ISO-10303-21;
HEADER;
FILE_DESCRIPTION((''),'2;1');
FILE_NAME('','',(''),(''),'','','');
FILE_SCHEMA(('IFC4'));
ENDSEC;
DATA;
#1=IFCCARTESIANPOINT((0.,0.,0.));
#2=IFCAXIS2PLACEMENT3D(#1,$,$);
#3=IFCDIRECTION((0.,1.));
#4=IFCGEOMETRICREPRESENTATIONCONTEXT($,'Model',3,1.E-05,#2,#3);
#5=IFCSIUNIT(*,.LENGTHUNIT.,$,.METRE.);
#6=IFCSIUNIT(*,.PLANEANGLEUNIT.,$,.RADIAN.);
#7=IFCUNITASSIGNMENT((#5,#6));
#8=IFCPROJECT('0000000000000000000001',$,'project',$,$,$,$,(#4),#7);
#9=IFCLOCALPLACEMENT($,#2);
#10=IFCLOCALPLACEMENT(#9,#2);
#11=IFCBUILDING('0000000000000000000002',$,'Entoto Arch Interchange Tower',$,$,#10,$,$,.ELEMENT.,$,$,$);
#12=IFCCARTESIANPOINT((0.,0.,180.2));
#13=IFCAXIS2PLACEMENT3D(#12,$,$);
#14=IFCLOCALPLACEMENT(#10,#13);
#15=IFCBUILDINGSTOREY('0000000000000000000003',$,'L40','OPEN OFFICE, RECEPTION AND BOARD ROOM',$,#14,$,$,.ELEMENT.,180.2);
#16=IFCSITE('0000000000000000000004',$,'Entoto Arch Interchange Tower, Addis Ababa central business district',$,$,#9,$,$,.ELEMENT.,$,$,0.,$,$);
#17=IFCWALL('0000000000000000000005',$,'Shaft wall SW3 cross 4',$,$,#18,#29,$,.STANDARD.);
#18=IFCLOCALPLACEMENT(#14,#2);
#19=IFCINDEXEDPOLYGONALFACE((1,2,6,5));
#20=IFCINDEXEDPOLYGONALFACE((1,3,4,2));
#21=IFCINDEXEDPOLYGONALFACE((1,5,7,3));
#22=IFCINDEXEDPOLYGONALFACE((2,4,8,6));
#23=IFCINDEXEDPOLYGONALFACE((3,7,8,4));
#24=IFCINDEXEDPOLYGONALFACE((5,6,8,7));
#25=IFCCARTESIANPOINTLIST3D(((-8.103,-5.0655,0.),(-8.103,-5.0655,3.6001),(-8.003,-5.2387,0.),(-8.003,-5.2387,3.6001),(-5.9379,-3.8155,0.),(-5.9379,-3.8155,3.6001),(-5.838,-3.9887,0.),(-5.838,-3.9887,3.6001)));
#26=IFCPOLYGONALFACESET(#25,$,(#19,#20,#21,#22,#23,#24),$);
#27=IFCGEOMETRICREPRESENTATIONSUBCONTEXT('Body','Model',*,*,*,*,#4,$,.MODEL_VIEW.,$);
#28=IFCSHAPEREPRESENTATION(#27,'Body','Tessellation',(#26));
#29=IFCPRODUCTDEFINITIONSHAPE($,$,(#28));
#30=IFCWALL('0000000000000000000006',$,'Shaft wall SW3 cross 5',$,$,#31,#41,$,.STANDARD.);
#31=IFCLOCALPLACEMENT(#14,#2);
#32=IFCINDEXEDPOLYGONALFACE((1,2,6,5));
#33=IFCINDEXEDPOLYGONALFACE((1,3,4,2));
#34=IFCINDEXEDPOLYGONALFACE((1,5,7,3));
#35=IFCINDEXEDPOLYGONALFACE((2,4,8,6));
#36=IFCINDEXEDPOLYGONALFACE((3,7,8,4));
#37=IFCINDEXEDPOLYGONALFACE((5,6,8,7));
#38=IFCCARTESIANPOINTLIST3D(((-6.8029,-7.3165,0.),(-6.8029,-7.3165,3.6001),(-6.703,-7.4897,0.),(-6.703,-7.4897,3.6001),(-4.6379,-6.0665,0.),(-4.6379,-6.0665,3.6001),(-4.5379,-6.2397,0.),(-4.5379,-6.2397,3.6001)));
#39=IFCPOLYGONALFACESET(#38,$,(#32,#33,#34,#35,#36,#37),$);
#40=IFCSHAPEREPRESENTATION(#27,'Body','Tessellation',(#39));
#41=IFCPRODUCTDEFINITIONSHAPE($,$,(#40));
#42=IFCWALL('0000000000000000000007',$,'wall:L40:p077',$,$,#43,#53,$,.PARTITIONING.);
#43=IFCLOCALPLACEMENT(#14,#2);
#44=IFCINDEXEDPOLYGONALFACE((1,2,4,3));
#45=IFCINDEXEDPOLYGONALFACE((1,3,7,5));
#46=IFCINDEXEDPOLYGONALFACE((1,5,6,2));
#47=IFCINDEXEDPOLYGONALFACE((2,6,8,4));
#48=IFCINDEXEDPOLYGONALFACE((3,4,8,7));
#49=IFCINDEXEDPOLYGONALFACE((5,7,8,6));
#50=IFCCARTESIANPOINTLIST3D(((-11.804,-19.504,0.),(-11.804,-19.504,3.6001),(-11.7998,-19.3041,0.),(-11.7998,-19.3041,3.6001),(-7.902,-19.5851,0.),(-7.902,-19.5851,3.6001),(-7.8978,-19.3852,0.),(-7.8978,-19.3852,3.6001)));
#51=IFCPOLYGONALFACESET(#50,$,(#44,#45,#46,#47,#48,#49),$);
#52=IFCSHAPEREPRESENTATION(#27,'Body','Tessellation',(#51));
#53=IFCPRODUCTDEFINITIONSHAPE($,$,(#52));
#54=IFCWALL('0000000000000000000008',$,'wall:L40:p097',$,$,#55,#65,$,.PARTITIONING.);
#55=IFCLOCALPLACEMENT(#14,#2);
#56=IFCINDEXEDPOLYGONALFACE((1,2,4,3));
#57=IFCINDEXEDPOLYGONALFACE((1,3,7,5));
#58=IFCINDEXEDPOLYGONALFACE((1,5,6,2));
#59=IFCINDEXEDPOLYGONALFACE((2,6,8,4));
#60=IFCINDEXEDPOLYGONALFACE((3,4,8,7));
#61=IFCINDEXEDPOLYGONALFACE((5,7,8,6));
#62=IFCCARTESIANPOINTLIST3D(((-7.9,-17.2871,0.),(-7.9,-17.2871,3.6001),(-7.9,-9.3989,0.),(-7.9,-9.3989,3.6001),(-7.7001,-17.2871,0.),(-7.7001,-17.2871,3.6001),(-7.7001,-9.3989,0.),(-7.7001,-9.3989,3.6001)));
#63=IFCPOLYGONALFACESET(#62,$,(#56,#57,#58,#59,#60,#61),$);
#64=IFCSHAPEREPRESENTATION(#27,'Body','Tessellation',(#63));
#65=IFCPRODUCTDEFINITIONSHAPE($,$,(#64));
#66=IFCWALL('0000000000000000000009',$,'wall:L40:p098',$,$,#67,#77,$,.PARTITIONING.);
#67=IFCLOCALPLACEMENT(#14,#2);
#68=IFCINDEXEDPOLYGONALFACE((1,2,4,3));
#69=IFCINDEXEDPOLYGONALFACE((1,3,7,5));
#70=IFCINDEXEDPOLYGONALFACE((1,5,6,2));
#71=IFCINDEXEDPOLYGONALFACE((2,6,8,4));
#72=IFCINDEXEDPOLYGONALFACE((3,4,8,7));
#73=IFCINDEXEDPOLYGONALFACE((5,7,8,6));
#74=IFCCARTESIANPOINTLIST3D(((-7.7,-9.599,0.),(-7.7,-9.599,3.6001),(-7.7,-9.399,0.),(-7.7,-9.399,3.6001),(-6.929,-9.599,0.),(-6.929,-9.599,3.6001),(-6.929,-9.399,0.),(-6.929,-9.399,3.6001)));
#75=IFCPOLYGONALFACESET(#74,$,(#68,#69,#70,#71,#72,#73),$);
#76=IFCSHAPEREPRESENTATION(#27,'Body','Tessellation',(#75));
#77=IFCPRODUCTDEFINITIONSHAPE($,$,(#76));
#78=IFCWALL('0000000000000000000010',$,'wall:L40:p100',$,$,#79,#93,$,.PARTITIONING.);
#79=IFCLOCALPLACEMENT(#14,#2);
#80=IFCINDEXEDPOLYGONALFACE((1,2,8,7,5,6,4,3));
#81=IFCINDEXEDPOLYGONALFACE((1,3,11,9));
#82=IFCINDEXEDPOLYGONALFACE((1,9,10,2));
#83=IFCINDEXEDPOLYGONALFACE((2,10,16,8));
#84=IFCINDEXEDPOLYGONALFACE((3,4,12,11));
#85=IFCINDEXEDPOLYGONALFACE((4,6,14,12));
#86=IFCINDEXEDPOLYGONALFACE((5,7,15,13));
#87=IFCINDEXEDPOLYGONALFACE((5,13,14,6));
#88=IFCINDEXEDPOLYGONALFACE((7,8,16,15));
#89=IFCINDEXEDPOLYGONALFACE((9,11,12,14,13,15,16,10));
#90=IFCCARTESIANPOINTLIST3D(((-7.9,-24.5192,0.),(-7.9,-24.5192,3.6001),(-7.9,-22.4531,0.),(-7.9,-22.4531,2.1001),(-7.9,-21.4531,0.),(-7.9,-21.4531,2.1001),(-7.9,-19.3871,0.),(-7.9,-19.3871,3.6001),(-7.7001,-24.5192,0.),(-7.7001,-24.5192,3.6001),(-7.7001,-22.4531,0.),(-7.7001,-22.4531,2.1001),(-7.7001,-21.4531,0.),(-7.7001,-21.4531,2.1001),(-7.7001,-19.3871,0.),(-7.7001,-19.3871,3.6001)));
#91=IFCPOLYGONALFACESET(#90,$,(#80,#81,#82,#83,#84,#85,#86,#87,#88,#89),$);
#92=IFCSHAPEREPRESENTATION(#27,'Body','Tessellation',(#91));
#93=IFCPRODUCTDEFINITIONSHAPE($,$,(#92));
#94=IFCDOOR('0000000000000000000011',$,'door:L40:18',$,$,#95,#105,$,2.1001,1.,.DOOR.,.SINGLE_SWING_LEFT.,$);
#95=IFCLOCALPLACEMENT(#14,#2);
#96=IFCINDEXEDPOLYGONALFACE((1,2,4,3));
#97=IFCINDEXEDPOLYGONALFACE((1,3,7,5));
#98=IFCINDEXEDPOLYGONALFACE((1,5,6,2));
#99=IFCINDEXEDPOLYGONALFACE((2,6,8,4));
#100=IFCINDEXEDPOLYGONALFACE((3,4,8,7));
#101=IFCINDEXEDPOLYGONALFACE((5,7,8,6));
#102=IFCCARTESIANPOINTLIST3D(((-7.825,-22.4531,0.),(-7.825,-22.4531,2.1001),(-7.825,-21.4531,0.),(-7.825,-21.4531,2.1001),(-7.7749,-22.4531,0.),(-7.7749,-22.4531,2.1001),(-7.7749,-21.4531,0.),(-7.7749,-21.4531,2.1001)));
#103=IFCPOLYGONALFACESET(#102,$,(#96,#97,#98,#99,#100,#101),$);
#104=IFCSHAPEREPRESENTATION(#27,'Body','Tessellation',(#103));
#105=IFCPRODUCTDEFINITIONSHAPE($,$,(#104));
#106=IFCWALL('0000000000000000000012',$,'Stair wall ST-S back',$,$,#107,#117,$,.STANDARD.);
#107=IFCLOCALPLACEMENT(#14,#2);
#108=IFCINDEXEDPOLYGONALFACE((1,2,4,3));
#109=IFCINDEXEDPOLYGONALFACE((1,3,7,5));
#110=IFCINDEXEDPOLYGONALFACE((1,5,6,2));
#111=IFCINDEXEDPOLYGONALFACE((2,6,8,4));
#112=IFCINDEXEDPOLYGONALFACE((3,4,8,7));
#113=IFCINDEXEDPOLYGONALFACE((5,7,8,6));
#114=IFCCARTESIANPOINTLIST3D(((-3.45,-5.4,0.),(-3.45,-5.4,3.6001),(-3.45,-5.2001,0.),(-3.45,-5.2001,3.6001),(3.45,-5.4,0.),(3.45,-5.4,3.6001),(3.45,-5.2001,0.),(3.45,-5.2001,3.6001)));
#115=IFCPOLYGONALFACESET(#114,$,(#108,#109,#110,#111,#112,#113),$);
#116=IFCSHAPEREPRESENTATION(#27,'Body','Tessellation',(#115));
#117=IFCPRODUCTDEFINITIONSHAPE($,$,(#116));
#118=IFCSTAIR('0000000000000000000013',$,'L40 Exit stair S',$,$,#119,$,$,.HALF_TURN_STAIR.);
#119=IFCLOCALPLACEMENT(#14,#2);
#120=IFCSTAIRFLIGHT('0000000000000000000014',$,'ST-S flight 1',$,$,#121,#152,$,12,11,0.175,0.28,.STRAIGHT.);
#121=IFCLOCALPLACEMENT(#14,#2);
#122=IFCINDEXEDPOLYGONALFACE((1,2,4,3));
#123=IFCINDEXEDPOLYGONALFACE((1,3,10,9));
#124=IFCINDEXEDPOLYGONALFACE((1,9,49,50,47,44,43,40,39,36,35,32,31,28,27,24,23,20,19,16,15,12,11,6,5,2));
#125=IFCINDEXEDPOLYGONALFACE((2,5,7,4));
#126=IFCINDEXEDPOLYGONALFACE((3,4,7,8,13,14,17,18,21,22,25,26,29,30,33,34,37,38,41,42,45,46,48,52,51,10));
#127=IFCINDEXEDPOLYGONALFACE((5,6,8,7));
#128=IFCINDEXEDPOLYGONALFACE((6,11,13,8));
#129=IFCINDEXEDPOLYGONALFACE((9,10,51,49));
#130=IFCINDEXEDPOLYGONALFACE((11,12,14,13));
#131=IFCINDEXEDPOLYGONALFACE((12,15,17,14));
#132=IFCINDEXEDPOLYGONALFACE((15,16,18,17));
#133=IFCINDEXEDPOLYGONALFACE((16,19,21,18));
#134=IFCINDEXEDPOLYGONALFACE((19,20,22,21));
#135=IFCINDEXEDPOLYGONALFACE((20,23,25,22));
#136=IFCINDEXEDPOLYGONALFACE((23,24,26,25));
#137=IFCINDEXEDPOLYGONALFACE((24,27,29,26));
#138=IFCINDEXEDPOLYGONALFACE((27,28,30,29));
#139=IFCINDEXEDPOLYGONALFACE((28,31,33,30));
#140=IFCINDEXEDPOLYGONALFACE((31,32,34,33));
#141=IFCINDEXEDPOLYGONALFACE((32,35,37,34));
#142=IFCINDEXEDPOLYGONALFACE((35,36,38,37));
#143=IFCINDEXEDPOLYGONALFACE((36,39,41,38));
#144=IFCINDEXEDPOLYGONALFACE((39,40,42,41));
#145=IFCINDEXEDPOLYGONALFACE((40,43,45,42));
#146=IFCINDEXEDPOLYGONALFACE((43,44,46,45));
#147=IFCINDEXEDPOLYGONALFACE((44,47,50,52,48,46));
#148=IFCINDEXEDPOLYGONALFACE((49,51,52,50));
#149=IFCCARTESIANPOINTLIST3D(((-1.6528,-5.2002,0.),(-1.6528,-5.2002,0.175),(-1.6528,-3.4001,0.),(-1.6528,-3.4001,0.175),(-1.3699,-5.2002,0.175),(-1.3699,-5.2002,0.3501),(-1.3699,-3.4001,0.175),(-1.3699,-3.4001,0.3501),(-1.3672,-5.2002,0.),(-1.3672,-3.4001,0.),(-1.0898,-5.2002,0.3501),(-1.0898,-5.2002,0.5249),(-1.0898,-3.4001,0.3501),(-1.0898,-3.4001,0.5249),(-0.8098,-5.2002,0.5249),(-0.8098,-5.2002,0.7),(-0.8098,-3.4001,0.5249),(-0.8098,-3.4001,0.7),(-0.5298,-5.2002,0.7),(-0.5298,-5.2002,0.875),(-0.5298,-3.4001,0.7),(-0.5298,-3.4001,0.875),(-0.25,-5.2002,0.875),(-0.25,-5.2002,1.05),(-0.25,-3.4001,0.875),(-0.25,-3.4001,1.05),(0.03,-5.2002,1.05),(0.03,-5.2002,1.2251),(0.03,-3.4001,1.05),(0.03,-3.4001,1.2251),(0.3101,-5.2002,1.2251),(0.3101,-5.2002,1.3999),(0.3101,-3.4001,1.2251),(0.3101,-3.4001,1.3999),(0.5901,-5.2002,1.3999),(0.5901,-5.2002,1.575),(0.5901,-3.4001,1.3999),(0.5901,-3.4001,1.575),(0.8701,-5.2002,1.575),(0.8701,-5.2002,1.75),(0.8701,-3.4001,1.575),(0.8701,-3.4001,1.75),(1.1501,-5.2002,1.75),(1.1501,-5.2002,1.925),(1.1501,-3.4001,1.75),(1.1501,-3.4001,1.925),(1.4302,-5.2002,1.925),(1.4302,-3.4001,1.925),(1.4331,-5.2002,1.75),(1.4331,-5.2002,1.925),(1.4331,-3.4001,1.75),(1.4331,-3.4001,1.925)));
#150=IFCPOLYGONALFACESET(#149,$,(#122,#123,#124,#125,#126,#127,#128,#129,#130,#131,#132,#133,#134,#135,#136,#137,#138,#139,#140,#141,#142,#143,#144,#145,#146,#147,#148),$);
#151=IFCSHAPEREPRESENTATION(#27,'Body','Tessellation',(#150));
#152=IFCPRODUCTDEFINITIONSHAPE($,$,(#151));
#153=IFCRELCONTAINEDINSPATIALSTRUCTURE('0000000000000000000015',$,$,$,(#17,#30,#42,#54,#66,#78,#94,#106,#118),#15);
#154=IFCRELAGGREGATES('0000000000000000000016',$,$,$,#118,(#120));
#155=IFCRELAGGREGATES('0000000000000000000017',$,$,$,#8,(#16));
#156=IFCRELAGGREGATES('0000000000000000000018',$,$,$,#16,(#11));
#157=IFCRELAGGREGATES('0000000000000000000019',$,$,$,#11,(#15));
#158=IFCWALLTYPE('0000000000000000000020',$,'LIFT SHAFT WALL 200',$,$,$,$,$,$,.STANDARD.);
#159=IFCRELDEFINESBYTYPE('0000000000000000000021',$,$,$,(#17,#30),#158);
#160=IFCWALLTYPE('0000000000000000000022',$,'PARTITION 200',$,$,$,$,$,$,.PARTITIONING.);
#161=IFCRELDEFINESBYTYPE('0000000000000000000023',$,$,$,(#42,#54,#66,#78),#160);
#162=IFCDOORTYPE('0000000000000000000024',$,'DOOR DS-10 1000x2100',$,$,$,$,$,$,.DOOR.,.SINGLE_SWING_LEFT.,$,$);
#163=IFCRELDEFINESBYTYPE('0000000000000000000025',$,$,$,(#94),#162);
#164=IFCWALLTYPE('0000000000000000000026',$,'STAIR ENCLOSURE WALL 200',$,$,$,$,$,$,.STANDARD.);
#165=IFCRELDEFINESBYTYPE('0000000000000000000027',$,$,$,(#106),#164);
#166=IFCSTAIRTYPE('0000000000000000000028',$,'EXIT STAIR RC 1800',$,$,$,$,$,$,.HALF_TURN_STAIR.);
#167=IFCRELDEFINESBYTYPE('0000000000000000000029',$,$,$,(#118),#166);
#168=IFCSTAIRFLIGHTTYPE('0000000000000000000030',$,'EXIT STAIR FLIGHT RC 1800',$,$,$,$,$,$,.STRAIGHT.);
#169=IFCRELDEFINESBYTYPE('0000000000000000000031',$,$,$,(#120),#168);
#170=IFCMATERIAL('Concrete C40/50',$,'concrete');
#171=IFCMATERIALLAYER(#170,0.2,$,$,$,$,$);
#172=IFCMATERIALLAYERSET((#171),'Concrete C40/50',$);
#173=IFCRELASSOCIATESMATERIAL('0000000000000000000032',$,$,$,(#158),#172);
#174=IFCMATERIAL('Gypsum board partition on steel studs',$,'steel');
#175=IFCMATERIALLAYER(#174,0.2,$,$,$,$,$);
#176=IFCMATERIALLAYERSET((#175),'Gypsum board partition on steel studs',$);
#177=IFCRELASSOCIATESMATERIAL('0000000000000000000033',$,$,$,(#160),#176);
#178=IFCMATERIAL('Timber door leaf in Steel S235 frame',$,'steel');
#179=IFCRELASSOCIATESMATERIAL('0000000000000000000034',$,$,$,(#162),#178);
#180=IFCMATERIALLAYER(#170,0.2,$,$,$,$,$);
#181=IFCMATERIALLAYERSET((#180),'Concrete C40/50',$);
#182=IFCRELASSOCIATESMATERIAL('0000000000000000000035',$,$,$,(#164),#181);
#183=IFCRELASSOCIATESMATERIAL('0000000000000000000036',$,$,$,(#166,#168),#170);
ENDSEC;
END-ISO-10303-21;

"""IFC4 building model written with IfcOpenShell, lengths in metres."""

from ifc_helpers import new_model, si_unit, direction, frame, frame_2d, origin, place, context, subcontext, project, spatial, polyline, rectangle, outline, extrude, material, layer, layer_set, type_object, element, fill, aggregate, save


model = new_model("IFC4")

# Units and contexts
model_context = context("Model", 3, precision=1e-05, world=origin(), true_north=direction((0.0, 1.0)))
body_context = subcontext(model_context, "Body", "Model", "MODEL_VIEW")
ifc_project = project(units=[si_unit("LENGTHUNIT", "METRE"), si_unit("PLANEANGLEUNIT", "RADIAN")], contexts=[model_context])

# Site, building, storey
site_placement = place(None, origin())
site = spatial("IfcSite", under=ifc_project, at=site_placement, Name="Entoto Arch Interchange Tower, Addis Ababa central business district", CompositionType="ELEMENT", RefElevation=0.0)
building_placement = place(site_placement, origin())
building = spatial("IfcBuilding", under=site, at=building_placement, Name="Entoto Arch Interchange Tower", CompositionType="ELEMENT")
storey_placement = place(building_placement, frame((0.0, 0.0, 180.2)))
storey = spatial("IfcBuildingStorey", under=building, at=storey_placement, Name="L40", Description="OPEN OFFICE, RECEPTION AND BOARD ROOM", CompositionType="ELEMENT", Elevation=180.2)

# Walls
ifc_material_1 = material(Name="Concrete C40/50", Category="concrete")
ifc_layer_1 = layer(ifc_material_1, 0.2)
ifc_layer_set_1 = layer_set([ifc_layer_1], Name="Concrete C40/50")
wall_type_1 = type_object("IfcWallType", Name="LIFT SHAFT WALL 200", PredefinedType="STANDARD", material=ifc_layer_set_1)
for number, where, z_axis, x_axis, name in (
    (1, (-5.8879, -3.9021, 0.0), (0.0, 0.0, 1.0), (-0.866023, -0.500004, 0.0), "Shaft wall SW3 cross 4"),
    (2, (-4.5879, -6.1531, 0.0), (0.0, 0.0, 1.0), (-0.866023, -0.500004, 0.0), "Shaft wall SW3 cross 5"),
):
    element("IfcWall", number, at=place(storey_placement, frame(where, z_axis=z_axis, x_axis=x_axis)), inside=storey, type_object=wall_type_1, Name=name, PredefinedType="STANDARD", context=body_context, shape_type="SweptSolid", body=[
        extrude(rectangle(XDim=2.5, YDim=0.2, at=frame_2d((1.25, 0.0))), origin(), (0.0, 0.0, 1.0), 3.6001),
    ])
ifc_material_2 = material(Name="Gypsum board partition on steel studs", Category="steel")
ifc_layer_2 = layer(ifc_material_2, 0.2)
ifc_layer_set_2 = layer_set([ifc_layer_2], Name="Gypsum board partition on steel studs")
wall_type_2 = type_object("IfcWallType", Name="PARTITION 200", PredefinedType="PARTITIONING", material=ifc_layer_set_2)
wall_1_placement = place(storey_placement, frame((-7.8999, -19.4851, 0.0), z_axis=(0.0, 0.0, 1.0), x_axis=(-0.999784, 0.020768, 0.0)))
element("IfcWall", 3, at=wall_1_placement, inside=storey, type_object=wall_type_2, Name="wall:L40:p077", PredefinedType="PARTITIONING", context=body_context, shape_type="SweptSolid", body=[
    extrude(rectangle(XDim=3.9028, YDim=0.2, at=frame_2d((1.9514, 0.0))), origin(), (0.0, 0.0, 1.0), 3.6001),
])
wall_2_placement = place(storey_placement, frame((-7.8, -17.2871, 0.0), z_axis=(0.0, 0.0, 1.0), x_axis=(0.0, 1.0, 0.0)))
element("IfcWall", 4, at=wall_2_placement, inside=storey, type_object=wall_type_2, Name="wall:L40:p097", PredefinedType="PARTITIONING", context=body_context, shape_type="SweptSolid", body=[
    extrude(rectangle(XDim=7.8882, YDim=0.2, at=frame_2d((3.9441, 0.0))), origin(), (0.0, 0.0, 1.0), 3.6001),
])
wall_3_placement = place(storey_placement, frame((-7.7, -9.499, 0.0), z_axis=(0.0, 0.0, 1.0), x_axis=(1.0, 0.0, 0.0)))
element("IfcWall", 5, at=wall_3_placement, inside=storey, type_object=wall_type_2, Name="wall:L40:p098", PredefinedType="PARTITIONING", context=body_context, shape_type="SweptSolid", body=[
    extrude(rectangle(XDim=0.771, YDim=0.2, at=frame_2d((0.3855, 0.0))), origin(), (0.0, 0.0, 1.0), 3.6001),
])

# Wall, opening, door
wall_4_placement = place(storey_placement, frame((-7.8, -24.519, 0.0), z_axis=(0.0, 0.0, 1.0), x_axis=(0.0, 1.0, 0.0)))
wall_4 = element("IfcWall", 6, at=wall_4_placement, inside=storey, type_object=wall_type_2, Name="wall:L40:p100", PredefinedType="PARTITIONING", context=body_context, shape_type="SweptSolid", body=[
    extrude(rectangle(XDim=5.1321, YDim=0.2, at=frame_2d((2.5659, 0.0))), origin(), (0.0, 0.0, 1.0), 3.6001),
])
opening_placement = place(wall_4_placement, frame((2.0659, 0.0, 0.0)))
opening = element("IfcOpeningElement", 7, at=opening_placement, cuts=wall_4, PredefinedType="OPENING", context=body_context, shape_type="SweptSolid", body=[
    extrude(rectangle(XDim=1.0, YDim=2.1001, at=frame_2d((0.5, 1.05))), frame((0.0, 0.1099, 0.0), z_axis=(0.0, -1.0, 0.0), x_axis=(1.0, 0.0, 0.0)), (0.0, 0.0, 1.0), 0.22),
])
ifc_material_3 = material(Name="Timber door leaf in Steel S235 frame", Category="steel")
door_type = type_object("IfcDoorType", Name="DOOR DS-10 1000x2100", OperationType="SINGLE_SWING_LEFT", PredefinedType="DOOR", material=ifc_material_3)
door_placement = place(opening_placement, origin())
door = element("IfcDoor", 8, at=door_placement, inside=storey, type_object=door_type, Name="door:L40:18", OperationType="SINGLE_SWING_LEFT", OverallHeight=2.1001, OverallWidth=1.0, PredefinedType="DOOR", context=body_context, shape_type="SweptSolid", body=[
    extrude(rectangle(XDim=1.0, YDim=2.1001, at=frame_2d((0.5, 1.05))), frame((0.0, 0.0249, 0.0), z_axis=(0.0, -1.0, 0.0), x_axis=(1.0, 0.0, 0.0)), (0.0, 0.0, 1.0), 0.05),
])
fill(opening, door)

# Wall
ifc_layer_3 = layer(ifc_material_1, 0.2)
ifc_layer_set_3 = layer_set([ifc_layer_3], Name="Concrete C40/50")
wall_type_3 = type_object("IfcWallType", Name="STAIR ENCLOSURE WALL 200", PredefinedType="STANDARD", material=ifc_layer_set_3)
wall_5_placement = place(storey_placement, frame((-3.45, -5.3, 0.0), z_axis=(0.0, 0.0, 1.0), x_axis=(1.0, 0.0, 0.0)))
element("IfcWall", 9, at=wall_5_placement, inside=storey, type_object=wall_type_3, Name="Stair wall ST-S back", PredefinedType="STANDARD", context=body_context, shape_type="SweptSolid", body=[
    extrude(rectangle(XDim=6.8999, YDim=0.2, at=frame_2d((3.45, 0.0))), origin(), (0.0, 0.0, 1.0), 3.6001),
])

# Stair, stair flight
stair_type = type_object("IfcStairType", Name="EXIT STAIR RC 1800", PredefinedType="HALF_TURN_STAIR", material=ifc_material_1)
stair_placement = place(storey_placement, origin())
stair = element("IfcStair", 10, at=stair_placement, inside=storey, type_object=stair_type, Name="L40 Exit stair S", PredefinedType="HALF_TURN_STAIR")
stair_flight_type = type_object("IfcStairFlightType", Name="EXIT STAIR FLIGHT RC 1800", PredefinedType="STRAIGHT", material=ifc_material_1)
stair_flight_placement = place(storey_placement, frame((-1.6499, -4.3, 0.0), z_axis=(0.0, 0.0, 1.0), x_axis=(1.0, 0.0, 0.0)))
stair_flight = element("IfcStairFlight", 11, at=stair_flight_placement, type_object=stair_flight_type, Name="ST-S flight 1", NumberOfRisers=12, NumberOfTreads=11, PredefinedType="STRAIGHT", RiserHeight=0.175, TreadLength=0.28, context=body_context, shape_type="SweptSolid", body=[
    extrude(outline(polyline([(-0.0029, 0.0), (-0.0029, 0.175), (0.28, 0.175), (0.28, 0.3501), (0.5601, 0.3501), (0.5601, 0.5249), (0.8401, 0.5249), (0.8401, 0.7), (1.1201, 0.7), (1.1201, 0.875), (1.3999, 0.875), (1.3999, 1.05), (1.6799, 1.05), (1.6799, 1.2251), (1.96, 1.2251), (1.96, 1.3999), (2.24, 1.3999), (2.24, 1.575), (2.52, 1.575), (2.52, 1.75), (2.8, 1.75), (2.8, 1.925), (3.0801, 1.925), (3.083, 1.925), (3.083, 1.75), (0.2827, 0.0), (-0.0029, 0.0)])), frame((0.0, 0.8999, 0.0), z_axis=(0.0, -1.0, 0.0), x_axis=(1.0, 0.0, 0.0)), (0.0, 0.0, 1.0), 1.8),
])
aggregate(stair, [stair_flight])

save(model, "model.ifc")
